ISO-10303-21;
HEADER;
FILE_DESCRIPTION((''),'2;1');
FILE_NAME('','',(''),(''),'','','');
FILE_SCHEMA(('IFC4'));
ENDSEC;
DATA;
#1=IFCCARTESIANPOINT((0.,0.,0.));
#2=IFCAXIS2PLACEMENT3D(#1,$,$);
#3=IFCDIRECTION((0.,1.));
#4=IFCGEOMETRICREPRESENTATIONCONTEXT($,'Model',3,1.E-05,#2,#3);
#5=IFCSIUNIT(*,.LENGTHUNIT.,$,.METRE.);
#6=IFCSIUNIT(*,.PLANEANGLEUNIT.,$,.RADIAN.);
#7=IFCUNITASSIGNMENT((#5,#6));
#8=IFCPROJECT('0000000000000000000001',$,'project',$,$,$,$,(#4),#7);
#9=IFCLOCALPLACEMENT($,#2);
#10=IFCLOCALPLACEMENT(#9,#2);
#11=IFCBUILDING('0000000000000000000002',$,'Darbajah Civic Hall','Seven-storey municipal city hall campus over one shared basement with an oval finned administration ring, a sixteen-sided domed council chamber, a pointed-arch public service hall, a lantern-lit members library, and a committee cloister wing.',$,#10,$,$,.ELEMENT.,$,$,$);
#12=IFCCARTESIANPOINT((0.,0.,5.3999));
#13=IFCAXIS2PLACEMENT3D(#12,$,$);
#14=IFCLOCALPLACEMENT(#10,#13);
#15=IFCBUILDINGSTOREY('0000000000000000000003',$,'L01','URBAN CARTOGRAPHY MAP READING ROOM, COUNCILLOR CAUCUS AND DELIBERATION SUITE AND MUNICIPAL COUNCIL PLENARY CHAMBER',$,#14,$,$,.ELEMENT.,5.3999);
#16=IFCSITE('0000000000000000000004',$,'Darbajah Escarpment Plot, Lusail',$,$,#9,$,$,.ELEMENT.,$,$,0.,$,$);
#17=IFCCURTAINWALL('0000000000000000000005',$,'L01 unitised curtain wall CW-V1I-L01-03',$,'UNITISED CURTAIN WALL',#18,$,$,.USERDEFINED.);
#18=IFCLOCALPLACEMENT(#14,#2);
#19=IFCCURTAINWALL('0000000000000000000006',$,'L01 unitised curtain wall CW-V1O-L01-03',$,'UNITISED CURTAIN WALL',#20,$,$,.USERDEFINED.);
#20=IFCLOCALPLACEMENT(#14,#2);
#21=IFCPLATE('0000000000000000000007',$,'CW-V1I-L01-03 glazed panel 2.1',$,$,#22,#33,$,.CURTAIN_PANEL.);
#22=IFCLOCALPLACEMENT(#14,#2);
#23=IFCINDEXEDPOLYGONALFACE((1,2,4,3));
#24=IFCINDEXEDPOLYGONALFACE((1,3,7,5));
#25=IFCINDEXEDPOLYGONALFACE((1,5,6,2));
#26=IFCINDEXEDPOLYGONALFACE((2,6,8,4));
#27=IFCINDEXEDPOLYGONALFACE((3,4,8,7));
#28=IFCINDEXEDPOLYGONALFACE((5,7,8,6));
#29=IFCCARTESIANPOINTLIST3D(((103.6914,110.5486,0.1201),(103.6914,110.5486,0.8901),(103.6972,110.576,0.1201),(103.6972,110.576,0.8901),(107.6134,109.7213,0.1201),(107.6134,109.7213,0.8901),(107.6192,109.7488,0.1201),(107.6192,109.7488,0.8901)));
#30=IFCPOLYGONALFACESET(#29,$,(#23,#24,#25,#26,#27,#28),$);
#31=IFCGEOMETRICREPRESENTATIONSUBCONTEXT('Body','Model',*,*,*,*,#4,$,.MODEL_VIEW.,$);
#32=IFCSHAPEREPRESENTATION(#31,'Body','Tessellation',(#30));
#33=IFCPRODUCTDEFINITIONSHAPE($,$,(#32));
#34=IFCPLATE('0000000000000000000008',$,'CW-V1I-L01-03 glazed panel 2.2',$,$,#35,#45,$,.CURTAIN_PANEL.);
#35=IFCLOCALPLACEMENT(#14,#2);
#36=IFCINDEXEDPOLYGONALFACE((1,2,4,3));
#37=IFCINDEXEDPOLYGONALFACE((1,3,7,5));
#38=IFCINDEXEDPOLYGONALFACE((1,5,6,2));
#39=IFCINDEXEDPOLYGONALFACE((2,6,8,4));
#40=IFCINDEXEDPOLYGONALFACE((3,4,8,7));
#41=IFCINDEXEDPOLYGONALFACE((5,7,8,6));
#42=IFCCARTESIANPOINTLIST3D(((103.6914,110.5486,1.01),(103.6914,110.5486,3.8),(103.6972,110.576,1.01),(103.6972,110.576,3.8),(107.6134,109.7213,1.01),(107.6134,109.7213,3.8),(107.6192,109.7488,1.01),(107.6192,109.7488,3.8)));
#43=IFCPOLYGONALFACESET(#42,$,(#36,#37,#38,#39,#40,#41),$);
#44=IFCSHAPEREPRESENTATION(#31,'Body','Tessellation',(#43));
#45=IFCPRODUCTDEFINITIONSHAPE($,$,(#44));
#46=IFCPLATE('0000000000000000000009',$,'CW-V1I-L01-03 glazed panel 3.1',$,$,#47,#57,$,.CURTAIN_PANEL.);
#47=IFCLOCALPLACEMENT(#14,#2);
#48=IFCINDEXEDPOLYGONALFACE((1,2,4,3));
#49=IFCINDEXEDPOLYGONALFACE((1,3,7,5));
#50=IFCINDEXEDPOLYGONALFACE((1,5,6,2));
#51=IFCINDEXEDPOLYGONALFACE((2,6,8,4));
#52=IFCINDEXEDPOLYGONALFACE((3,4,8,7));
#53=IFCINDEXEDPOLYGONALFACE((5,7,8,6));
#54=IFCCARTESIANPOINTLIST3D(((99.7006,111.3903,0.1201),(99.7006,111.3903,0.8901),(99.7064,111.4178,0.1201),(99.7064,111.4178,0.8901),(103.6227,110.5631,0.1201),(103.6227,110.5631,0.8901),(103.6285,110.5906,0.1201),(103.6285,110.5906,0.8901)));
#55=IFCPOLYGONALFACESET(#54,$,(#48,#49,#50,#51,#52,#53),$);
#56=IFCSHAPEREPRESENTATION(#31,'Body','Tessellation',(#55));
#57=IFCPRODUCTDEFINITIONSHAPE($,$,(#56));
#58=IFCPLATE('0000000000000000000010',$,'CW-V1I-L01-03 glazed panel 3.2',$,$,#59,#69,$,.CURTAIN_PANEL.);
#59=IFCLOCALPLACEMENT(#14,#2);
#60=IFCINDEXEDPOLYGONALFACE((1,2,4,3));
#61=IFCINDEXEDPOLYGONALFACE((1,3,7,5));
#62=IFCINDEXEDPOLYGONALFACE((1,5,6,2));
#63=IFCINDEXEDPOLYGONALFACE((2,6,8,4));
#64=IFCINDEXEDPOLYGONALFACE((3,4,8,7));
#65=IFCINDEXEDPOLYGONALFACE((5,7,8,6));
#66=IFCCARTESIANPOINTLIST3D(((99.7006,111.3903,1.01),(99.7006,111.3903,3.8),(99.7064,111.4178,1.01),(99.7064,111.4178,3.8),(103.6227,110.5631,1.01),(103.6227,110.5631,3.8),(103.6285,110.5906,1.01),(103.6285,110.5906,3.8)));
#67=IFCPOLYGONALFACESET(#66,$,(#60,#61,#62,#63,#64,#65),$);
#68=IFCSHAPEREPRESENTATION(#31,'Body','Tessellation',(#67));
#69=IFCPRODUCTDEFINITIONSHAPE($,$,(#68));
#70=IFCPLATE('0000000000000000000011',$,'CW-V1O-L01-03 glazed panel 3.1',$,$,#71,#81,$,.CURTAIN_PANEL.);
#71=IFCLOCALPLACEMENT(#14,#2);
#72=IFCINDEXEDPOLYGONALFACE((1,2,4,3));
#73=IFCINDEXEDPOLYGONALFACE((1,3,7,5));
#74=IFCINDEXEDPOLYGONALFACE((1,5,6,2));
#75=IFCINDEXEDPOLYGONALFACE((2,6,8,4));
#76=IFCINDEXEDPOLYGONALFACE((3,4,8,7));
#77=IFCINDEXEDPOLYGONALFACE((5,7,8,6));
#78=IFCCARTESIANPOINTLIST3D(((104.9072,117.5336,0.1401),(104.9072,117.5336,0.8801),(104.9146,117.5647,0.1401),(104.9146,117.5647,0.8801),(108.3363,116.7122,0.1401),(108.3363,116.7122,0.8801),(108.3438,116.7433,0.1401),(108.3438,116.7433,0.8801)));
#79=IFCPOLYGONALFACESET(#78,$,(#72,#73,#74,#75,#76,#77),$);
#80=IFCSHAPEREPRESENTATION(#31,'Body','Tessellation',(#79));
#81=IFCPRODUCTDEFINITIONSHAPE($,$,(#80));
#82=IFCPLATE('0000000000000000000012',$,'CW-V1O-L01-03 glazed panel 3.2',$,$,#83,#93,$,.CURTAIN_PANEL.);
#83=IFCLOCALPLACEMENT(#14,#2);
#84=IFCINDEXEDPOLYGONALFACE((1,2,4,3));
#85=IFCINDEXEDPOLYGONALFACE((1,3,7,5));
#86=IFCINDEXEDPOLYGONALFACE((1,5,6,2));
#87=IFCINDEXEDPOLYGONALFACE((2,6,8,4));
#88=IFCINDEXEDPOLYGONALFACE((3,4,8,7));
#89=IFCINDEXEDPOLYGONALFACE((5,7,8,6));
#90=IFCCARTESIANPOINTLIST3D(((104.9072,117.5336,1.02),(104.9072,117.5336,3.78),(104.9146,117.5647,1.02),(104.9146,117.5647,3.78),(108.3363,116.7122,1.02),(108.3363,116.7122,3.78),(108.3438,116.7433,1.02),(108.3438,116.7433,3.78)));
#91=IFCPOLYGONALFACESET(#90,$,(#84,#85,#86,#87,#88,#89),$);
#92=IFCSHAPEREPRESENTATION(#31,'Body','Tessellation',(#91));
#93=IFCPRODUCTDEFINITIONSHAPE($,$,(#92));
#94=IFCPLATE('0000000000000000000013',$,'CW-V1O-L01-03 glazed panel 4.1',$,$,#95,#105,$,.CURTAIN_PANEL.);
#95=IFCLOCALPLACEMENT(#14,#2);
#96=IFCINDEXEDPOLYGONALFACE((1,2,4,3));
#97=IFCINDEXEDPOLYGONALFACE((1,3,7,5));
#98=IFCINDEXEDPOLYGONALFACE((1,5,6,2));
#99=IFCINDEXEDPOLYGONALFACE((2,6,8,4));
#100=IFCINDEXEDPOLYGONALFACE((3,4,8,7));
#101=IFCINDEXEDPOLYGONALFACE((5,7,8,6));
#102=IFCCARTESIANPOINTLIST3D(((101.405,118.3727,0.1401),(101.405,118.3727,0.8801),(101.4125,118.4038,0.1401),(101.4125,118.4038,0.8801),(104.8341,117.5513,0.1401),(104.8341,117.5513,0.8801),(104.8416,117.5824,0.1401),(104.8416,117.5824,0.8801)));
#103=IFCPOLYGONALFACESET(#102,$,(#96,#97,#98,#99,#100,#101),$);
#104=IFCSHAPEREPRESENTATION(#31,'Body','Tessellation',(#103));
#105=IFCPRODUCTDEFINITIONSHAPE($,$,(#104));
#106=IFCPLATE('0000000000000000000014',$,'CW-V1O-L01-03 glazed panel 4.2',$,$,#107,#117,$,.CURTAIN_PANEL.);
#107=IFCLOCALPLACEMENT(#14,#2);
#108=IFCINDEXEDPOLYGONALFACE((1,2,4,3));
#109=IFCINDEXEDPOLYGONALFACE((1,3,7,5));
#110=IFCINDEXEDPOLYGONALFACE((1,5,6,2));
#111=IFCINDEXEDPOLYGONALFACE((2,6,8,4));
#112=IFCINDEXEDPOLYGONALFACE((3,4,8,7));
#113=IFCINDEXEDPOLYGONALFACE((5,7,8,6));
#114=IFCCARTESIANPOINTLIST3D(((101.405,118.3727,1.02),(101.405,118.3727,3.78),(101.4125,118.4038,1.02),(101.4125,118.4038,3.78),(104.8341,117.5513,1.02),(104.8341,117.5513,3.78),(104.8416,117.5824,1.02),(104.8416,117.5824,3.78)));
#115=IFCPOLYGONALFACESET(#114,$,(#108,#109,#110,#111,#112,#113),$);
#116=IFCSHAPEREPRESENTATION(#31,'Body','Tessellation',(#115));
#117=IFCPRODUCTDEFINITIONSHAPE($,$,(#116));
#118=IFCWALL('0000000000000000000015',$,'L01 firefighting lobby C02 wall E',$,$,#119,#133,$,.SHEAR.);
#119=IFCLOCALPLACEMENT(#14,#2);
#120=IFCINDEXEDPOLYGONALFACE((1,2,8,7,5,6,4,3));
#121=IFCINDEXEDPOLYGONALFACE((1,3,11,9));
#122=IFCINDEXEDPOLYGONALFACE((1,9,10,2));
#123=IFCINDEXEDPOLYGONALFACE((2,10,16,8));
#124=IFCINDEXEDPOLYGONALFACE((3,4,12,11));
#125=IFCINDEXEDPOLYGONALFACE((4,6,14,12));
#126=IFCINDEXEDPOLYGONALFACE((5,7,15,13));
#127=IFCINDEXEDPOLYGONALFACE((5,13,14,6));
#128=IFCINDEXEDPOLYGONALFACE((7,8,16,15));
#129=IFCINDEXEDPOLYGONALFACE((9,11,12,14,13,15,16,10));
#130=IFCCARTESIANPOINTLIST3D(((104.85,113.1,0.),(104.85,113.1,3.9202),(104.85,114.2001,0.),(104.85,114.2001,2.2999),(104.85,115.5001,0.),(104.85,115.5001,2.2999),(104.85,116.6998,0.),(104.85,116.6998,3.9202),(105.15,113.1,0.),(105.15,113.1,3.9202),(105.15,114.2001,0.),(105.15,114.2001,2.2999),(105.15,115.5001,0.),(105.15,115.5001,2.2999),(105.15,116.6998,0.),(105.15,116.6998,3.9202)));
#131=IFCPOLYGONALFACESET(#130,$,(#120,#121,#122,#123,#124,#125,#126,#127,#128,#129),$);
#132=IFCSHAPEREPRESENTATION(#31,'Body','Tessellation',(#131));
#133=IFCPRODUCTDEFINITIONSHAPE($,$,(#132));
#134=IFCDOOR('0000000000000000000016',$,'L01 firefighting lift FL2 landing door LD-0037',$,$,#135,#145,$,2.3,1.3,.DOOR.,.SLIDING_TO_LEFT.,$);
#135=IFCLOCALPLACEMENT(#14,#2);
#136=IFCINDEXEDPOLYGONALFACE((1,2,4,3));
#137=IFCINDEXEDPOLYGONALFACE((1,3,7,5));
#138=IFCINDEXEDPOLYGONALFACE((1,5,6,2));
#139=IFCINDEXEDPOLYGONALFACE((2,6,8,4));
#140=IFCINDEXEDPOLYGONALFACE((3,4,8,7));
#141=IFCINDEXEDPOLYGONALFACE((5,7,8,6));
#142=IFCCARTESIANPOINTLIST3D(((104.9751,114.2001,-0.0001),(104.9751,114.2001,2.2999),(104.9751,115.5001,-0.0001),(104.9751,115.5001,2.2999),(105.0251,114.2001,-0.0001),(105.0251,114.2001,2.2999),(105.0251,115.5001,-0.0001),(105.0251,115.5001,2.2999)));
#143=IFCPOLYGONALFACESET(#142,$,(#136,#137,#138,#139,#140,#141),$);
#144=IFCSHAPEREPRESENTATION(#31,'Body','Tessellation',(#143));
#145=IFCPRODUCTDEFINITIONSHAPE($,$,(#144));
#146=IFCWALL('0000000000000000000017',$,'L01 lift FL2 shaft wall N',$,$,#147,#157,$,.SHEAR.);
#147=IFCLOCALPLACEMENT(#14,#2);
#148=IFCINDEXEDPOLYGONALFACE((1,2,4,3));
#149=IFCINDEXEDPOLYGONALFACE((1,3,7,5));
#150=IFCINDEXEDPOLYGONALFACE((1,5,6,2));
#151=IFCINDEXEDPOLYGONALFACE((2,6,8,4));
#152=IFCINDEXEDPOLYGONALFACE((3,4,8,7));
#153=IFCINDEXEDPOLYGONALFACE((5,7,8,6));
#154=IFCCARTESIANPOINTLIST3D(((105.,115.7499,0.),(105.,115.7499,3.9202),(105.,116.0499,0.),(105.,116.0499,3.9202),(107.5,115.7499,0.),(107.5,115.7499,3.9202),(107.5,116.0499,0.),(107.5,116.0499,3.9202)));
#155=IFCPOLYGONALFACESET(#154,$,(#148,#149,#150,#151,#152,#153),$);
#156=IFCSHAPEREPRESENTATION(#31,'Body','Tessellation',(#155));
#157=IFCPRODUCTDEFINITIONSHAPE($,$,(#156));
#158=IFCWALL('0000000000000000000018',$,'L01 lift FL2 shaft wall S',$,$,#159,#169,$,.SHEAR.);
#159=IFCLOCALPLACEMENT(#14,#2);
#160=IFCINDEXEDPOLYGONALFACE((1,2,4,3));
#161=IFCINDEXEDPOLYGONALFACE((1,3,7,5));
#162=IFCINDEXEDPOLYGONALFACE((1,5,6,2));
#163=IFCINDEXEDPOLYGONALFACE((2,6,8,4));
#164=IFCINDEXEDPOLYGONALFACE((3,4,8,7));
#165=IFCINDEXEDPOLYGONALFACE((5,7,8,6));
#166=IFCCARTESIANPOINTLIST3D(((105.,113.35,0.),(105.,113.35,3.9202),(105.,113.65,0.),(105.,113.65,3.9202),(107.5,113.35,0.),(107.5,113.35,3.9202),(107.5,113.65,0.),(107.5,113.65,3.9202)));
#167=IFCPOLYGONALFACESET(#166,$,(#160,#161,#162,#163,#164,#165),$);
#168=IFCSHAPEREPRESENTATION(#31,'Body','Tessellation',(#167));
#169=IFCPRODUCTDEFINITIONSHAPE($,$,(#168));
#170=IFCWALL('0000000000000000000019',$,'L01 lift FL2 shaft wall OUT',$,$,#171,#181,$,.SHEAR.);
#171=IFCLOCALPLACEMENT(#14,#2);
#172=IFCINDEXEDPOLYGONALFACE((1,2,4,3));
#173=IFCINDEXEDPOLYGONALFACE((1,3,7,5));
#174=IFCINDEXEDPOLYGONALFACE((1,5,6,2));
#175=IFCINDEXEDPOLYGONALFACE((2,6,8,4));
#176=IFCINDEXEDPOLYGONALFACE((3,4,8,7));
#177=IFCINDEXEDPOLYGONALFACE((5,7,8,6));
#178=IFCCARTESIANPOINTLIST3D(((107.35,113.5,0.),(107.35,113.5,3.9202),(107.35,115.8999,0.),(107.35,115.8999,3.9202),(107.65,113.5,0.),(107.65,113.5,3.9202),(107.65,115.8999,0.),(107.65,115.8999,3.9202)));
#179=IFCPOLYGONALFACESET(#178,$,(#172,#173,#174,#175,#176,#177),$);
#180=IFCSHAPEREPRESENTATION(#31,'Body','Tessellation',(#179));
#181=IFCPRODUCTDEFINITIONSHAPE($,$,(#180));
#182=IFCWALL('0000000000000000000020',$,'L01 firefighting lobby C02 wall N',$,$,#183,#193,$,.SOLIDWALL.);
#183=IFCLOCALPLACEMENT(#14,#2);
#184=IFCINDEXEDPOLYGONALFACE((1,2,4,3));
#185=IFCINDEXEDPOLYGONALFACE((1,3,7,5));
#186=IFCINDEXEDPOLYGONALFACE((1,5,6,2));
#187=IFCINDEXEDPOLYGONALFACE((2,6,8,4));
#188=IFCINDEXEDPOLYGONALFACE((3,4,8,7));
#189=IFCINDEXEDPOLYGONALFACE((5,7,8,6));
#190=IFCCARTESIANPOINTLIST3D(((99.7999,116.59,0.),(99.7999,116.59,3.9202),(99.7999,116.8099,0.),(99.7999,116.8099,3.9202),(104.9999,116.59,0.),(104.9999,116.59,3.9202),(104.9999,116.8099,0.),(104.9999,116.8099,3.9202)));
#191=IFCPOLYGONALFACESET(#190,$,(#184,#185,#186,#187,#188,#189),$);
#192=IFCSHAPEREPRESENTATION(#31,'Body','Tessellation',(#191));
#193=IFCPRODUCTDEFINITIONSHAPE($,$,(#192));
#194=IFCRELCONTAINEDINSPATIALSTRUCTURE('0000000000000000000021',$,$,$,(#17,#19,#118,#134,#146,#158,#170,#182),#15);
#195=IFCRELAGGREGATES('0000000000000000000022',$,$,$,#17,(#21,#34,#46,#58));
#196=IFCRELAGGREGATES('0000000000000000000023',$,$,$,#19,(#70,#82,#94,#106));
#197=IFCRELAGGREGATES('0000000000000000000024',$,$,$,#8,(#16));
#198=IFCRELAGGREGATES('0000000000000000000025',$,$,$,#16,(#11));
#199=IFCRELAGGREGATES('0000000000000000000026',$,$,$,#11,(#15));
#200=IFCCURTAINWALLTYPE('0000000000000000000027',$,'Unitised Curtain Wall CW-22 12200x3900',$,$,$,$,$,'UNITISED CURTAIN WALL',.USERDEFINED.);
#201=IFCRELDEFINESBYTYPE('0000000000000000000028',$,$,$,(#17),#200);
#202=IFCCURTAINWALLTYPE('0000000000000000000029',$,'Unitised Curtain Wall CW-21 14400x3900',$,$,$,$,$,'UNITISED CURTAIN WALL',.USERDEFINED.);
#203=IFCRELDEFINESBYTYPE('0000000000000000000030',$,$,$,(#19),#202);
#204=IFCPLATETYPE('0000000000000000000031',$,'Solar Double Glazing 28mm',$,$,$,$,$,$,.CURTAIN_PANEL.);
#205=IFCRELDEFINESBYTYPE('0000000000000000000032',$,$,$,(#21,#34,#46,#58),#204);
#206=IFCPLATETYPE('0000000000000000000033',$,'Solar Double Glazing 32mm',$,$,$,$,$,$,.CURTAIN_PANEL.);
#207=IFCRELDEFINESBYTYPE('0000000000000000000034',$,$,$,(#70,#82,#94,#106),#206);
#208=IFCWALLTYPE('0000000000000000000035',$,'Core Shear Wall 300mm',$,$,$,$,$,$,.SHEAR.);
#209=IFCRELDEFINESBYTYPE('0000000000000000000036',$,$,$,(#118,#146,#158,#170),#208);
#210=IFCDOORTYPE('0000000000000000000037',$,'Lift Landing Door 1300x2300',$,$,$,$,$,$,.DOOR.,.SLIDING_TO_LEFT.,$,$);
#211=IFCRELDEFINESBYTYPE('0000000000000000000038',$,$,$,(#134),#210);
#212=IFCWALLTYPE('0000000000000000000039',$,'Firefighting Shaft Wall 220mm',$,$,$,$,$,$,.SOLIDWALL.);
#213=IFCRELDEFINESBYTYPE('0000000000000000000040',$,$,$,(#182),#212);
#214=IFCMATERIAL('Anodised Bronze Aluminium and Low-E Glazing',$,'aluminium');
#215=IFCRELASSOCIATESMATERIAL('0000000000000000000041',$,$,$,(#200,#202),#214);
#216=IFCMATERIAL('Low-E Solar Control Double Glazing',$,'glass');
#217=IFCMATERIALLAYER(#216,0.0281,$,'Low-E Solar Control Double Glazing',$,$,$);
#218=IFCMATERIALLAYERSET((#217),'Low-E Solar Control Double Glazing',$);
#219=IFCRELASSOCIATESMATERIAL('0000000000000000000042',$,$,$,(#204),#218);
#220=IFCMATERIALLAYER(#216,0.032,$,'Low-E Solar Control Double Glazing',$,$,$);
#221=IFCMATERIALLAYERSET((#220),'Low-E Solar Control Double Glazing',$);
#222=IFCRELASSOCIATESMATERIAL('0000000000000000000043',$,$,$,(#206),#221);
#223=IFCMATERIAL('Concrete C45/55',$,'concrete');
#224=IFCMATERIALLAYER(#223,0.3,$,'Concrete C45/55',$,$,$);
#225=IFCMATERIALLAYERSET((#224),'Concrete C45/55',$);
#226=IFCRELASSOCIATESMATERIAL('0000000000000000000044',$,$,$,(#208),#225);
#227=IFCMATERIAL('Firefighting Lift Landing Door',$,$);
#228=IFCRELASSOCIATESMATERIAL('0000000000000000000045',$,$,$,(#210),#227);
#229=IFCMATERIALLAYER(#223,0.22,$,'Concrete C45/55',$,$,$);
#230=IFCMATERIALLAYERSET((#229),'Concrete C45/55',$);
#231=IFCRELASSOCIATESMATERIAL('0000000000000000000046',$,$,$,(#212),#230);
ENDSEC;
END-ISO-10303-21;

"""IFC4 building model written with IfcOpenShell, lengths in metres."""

from ifc_helpers import new_model, si_unit, direction, frame, frame_2d, origin, origin_2d, place, context, subcontext, project, spatial, rectangle, extrude, material, layer, layer_set, type_object, element, fill, aggregate, save


model = new_model("IFC4")

# Units and contexts
model_context = context("Model", 3, precision=1e-05, world=origin(), true_north=direction((0.0, 1.0)))
body_context = subcontext(model_context, "Body", "Model", "MODEL_VIEW")
ifc_project = project(units=[si_unit("LENGTHUNIT", "METRE"), si_unit("PLANEANGLEUNIT", "RADIAN")], contexts=[model_context])

# Site, building, storey
site_placement = place(None, origin())
site = spatial("IfcSite", under=ifc_project, at=site_placement, Name="Darbajah Escarpment Plot, Lusail", CompositionType="ELEMENT", RefElevation=0.0)
building_placement = place(site_placement, origin())
building = spatial("IfcBuilding", under=site, at=building_placement, Name="Darbajah Civic Hall", Description="Seven-storey municipal city hall campus over one shared basement with an oval finned administration ring, a sixteen-sided domed council chamber, a pointed-arch public service hall, a lantern-lit members library, and a committee cloister wing.", CompositionType="ELEMENT")
storey_placement = place(building_placement, frame((0.0, 0.0, 5.3999)))
storey = spatial("IfcBuildingStorey", under=building, at=storey_placement, Name="L01", Description="URBAN CARTOGRAPHY MAP READING ROOM, COUNCILLOR CAUCUS AND DELIBERATION SUITE AND MUNICIPAL COUNCIL PLENARY CHAMBER", CompositionType="ELEMENT", Elevation=5.3999)

# Curtain wall
ifc_material_1 = material(Name="Anodised Bronze Aluminium and Low-E Glazing", Category="aluminium")
curtain_wall_type_1 = type_object("IfcCurtainWallType", Name="Unitised Curtain Wall CW-22 12200x3900", ElementType="UNITISED CURTAIN WALL", PredefinedType="USERDEFINED", material=ifc_material_1)
curtain_wall_1_placement = place(storey_placement, origin())
curtain_wall_1 = element("IfcCurtainWall", 1, at=curtain_wall_1_placement, inside=storey, type_object=curtain_wall_type_1, Name="L01 unitised curtain wall CW-V1I-L01-03", ObjectType="UNITISED CURTAIN WALL", PredefinedType="USERDEFINED")

# Curtain wall
curtain_wall_type_2 = type_object("IfcCurtainWallType", Name="Unitised Curtain Wall CW-21 14400x3900", ElementType="UNITISED CURTAIN WALL", PredefinedType="USERDEFINED", material=ifc_material_1)
curtain_wall_2_placement = place(storey_placement, origin())
curtain_wall_2 = element("IfcCurtainWall", 2, at=curtain_wall_2_placement, inside=storey, type_object=curtain_wall_type_2, Name="L01 unitised curtain wall CW-V1O-L01-03", ObjectType="UNITISED CURTAIN WALL", PredefinedType="USERDEFINED")

# Plates
ifc_material_2 = material(Name="Low-E Solar Control Double Glazing", Category="glass")
ifc_layer_1 = layer(ifc_material_2, 0.0281, Name="Low-E Solar Control Double Glazing")
ifc_layer_set_1 = layer_set([ifc_layer_1], Name="Low-E Solar Control Double Glazing")
plate_type_1 = type_object("IfcPlateType", Name="Solar Double Glazing 28mm", PredefinedType="CURTAIN_PANEL", material=ifc_layer_set_1)
plate_1_placement = place(storey_placement, frame((105.6553, 110.1487, 0.1201), z_axis=(0.0, 0.0, 1.0), x_axis=(-0.978473, 0.206375, 0.0)))
plate_1 = element("IfcPlate", 3, at=plate_1_placement, type_object=plate_type_1, Name="CW-V1I-L01-03 glazed panel 2.1", PredefinedType="CURTAIN_PANEL", context=body_context, shape_type="SweptSolid", body=[
    extrude(rectangle(XDim=4.0083, YDim=0.0281, at=origin_2d()), origin(), (0.0, 0.0, 1.0), 0.77),
])
plate_2_placement = place(storey_placement, frame((105.6553, 110.1487, 1.01), z_axis=(0.0, 0.0, 1.0), x_axis=(-0.978473, 0.206375, 0.0)))
plate_2 = element("IfcPlate", 4, at=plate_2_placement, type_object=plate_type_1, Name="CW-V1I-L01-03 glazed panel 2.2", PredefinedType="CURTAIN_PANEL", context=body_context, shape_type="SweptSolid", body=[
    extrude(rectangle(XDim=4.0083, YDim=0.0281, at=origin_2d()), origin(), (0.0, 0.0, 1.0), 2.79),
])
plate_3_placement = place(storey_placement, frame((101.6646, 110.9905, 0.1201), z_axis=(0.0, 0.0, 1.0), x_axis=(-0.978473, 0.206375, 0.0)))
plate_3 = element("IfcPlate", 5, at=plate_3_placement, type_object=plate_type_1, Name="CW-V1I-L01-03 glazed panel 3.1", PredefinedType="CURTAIN_PANEL", context=body_context, shape_type="SweptSolid", body=[
    extrude(rectangle(XDim=4.0083, YDim=0.0281, at=origin_2d()), origin(), (0.0, 0.0, 1.0), 0.77),
])
plate_4_placement = place(storey_placement, frame((101.6646, 110.9905, 1.01), z_axis=(0.0, 0.0, 1.0), x_axis=(-0.978473, 0.206375, 0.0)))
plate_4 = element("IfcPlate", 6, at=plate_4_placement, type_object=plate_type_1, Name="CW-V1I-L01-03 glazed panel 3.2", PredefinedType="CURTAIN_PANEL", context=body_context, shape_type="SweptSolid", body=[
    extrude(rectangle(XDim=4.0083, YDim=0.0281, at=origin_2d()), origin(), (0.0, 0.0, 1.0), 2.79),
])
aggregate(curtain_wall_1, [plate_1, plate_2, plate_3, plate_4])
ifc_layer_2 = layer(ifc_material_2, 0.032, Name="Low-E Solar Control Double Glazing")
ifc_layer_set_2 = layer_set([ifc_layer_2], Name="Low-E Solar Control Double Glazing")
plate_type_2 = type_object("IfcPlateType", Name="Solar Double Glazing 32mm", PredefinedType="CURTAIN_PANEL", material=ifc_layer_set_2)
plate_5_placement = place(storey_placement, frame((106.6255, 117.1384, 0.1401), z_axis=(0.0, 0.0, 1.0), x_axis=(-0.972492, 0.232936, 0.0)))
plate_5 = element("IfcPlate", 7, at=plate_5_placement, type_object=plate_type_2, Name="CW-V1O-L01-03 glazed panel 3.1", PredefinedType="CURTAIN_PANEL", context=body_context, shape_type="SweptSolid", body=[
    extrude(rectangle(XDim=3.5261, YDim=0.032, at=origin_2d()), origin(), (0.0, 0.0, 1.0), 0.74),
])
plate_6_placement = place(storey_placement, frame((106.6255, 117.1384, 1.02), z_axis=(0.0, 0.0, 1.0), x_axis=(-0.972492, 0.232936, 0.0)))
plate_6 = element("IfcPlate", 8, at=plate_6_placement, type_object=plate_type_2, Name="CW-V1O-L01-03 glazed panel 3.2", PredefinedType="CURTAIN_PANEL", context=body_context, shape_type="SweptSolid", body=[
    extrude(rectangle(XDim=3.5261, YDim=0.032, at=origin_2d()), origin(), (0.0, 0.0, 1.0), 2.76),
])
plate_7_placement = place(storey_placement, frame((103.1233, 117.9775, 0.1401), z_axis=(0.0, 0.0, 1.0), x_axis=(-0.972492, 0.232936, 0.0)))
plate_7 = element("IfcPlate", 9, at=plate_7_placement, type_object=plate_type_2, Name="CW-V1O-L01-03 glazed panel 4.1", PredefinedType="CURTAIN_PANEL", context=body_context, shape_type="SweptSolid", body=[
    extrude(rectangle(XDim=3.5261, YDim=0.032, at=origin_2d()), origin(), (0.0, 0.0, 1.0), 0.74),
])
plate_8_placement = place(storey_placement, frame((103.1233, 117.9775, 1.02), z_axis=(0.0, 0.0, 1.0), x_axis=(-0.972492, 0.232936, 0.0)))
plate_8 = element("IfcPlate", 10, at=plate_8_placement, type_object=plate_type_2, Name="CW-V1O-L01-03 glazed panel 4.2", PredefinedType="CURTAIN_PANEL", context=body_context, shape_type="SweptSolid", body=[
    extrude(rectangle(XDim=3.5261, YDim=0.032, at=origin_2d()), origin(), (0.0, 0.0, 1.0), 2.76),
])
aggregate(curtain_wall_2, [plate_5, plate_6, plate_7, plate_8])

# Wall, opening, door
ifc_material_3 = material(Name="Concrete C45/55", Category="concrete")
ifc_layer_3 = layer(ifc_material_3, 0.3, Name="Concrete C45/55")
ifc_layer_set_3 = layer_set([ifc_layer_3], Name="Concrete C45/55")
wall_type_1 = type_object("IfcWallType", Name="Core Shear Wall 300mm", PredefinedType="SHEAR", material=ifc_layer_set_3)
wall_1_placement = place(storey_placement, frame((105.0, 113.1001, 0.0), z_axis=(0.0, 0.0, 1.0), x_axis=(0.0, 1.0, 0.0)))
wall_1 = element("IfcWall", 11, at=wall_1_placement, inside=storey, type_object=wall_type_1, Name="L01 firefighting lobby C02 wall E", PredefinedType="SHEAR", context=body_context, shape_type="SweptSolid", body=[
    extrude(rectangle(XDim=3.5999, YDim=0.3, at=frame_2d((1.7998, 0.0))), origin(), (0.0, 0.0, 1.0), 3.9202),
])
opening_placement = place(wall_1_placement, frame((1.1001, 0.0, 0.0)))
opening = element("IfcOpeningElement", 12, at=opening_placement, cuts=wall_1, PredefinedType="OPENING", context=body_context, shape_type="SweptSolid", body=[
    extrude(rectangle(XDim=1.3, YDim=2.3, at=frame_2d((0.6499, 1.1499))), frame((0.0, 0.1599, 0.0), z_axis=(0.0, -1.0, 0.0), x_axis=(1.0, 0.0, 0.0)), (0.0, 0.0, 1.0), 0.3201),
])
ifc_material_4 = material(Name="Firefighting Lift Landing Door")
door_type = type_object("IfcDoorType", Name="Lift Landing Door 1300x2300", OperationType="SLIDING_TO_LEFT", PredefinedType="DOOR", material=ifc_material_4)
door_placement = place(opening_placement, origin())
door = element("IfcDoor", 13, at=door_placement, inside=storey, type_object=door_type, Name="L01 firefighting lift FL2 landing door LD-0037", OperationType="SLIDING_TO_LEFT", OverallHeight=2.3, OverallWidth=1.3, PredefinedType="DOOR", context=body_context, shape_type="SweptSolid", body=[
    extrude(rectangle(XDim=1.3, YDim=2.3, at=frame_2d((0.6499, 1.1499))), frame((0.0, 0.0249, 0.0), z_axis=(0.0, -1.0, 0.0), x_axis=(1.0, 0.0, 0.0)), (0.0, 0.0, 1.0), 0.05),
])
fill(opening, door)

# Walls
for number, where, z_axis, x_axis, name in (
    (14, (107.5, 115.8999, 0.0), (0.0, 0.0, 1.0), (-1.0, 0.0, 0.0), "L01 lift FL2 shaft wall N"),
    (15, (105.0, 113.5, 0.0), (0.0, 0.0, 1.0), (1.0, 0.0, 0.0), "L01 lift FL2 shaft wall S"),
):
    element("IfcWall", number, at=place(storey_placement, frame(where, z_axis=z_axis, x_axis=x_axis)), inside=storey, type_object=wall_type_1, Name=name, PredefinedType="SHEAR", context=body_context, shape_type="SweptSolid", body=[
        extrude(rectangle(XDim=2.5, YDim=0.3, at=frame_2d((1.25, 0.0))), origin(), (0.0, 0.0, 1.0), 3.9202),
    ])
wall_2_placement = place(storey_placement, frame((107.5, 113.5, 0.0), z_axis=(0.0, 0.0, 1.0), x_axis=(0.0, 1.0, 0.0)))
element("IfcWall", 16, at=wall_2_placement, inside=storey, type_object=wall_type_1, Name="L01 lift FL2 shaft wall OUT", PredefinedType="SHEAR", context=body_context, shape_type="SweptSolid", body=[
    extrude(rectangle(XDim=2.3999, YDim=0.3, at=frame_2d((1.2, 0.0))), origin(), (0.0, 0.0, 1.0), 3.9202),
])
ifc_layer_4 = layer(ifc_material_3, 0.22, Name="Concrete C45/55")
ifc_layer_set_4 = layer_set([ifc_layer_4], Name="Concrete C45/55")
wall_type_2 = type_object("IfcWallType", Name="Firefighting Shaft Wall 220mm", PredefinedType="SOLIDWALL", material=ifc_layer_set_4)
wall_3_placement = place(storey_placement, frame((105.0, 116.7, 0.0), z_axis=(0.0, 0.0, 1.0), x_axis=(-1.0, 0.0, 0.0)))
element("IfcWall", 17, at=wall_3_placement, inside=storey, type_object=wall_type_2, Name="L01 firefighting lobby C02 wall N", PredefinedType="SOLIDWALL", context=body_context, shape_type="SweptSolid", body=[
    extrude(rectangle(XDim=5.2, YDim=0.22, at=frame_2d((2.6001, 0.0))), origin(), (0.0, 0.0, 1.0), 3.9202),
])

save(model, "model.ifc")
